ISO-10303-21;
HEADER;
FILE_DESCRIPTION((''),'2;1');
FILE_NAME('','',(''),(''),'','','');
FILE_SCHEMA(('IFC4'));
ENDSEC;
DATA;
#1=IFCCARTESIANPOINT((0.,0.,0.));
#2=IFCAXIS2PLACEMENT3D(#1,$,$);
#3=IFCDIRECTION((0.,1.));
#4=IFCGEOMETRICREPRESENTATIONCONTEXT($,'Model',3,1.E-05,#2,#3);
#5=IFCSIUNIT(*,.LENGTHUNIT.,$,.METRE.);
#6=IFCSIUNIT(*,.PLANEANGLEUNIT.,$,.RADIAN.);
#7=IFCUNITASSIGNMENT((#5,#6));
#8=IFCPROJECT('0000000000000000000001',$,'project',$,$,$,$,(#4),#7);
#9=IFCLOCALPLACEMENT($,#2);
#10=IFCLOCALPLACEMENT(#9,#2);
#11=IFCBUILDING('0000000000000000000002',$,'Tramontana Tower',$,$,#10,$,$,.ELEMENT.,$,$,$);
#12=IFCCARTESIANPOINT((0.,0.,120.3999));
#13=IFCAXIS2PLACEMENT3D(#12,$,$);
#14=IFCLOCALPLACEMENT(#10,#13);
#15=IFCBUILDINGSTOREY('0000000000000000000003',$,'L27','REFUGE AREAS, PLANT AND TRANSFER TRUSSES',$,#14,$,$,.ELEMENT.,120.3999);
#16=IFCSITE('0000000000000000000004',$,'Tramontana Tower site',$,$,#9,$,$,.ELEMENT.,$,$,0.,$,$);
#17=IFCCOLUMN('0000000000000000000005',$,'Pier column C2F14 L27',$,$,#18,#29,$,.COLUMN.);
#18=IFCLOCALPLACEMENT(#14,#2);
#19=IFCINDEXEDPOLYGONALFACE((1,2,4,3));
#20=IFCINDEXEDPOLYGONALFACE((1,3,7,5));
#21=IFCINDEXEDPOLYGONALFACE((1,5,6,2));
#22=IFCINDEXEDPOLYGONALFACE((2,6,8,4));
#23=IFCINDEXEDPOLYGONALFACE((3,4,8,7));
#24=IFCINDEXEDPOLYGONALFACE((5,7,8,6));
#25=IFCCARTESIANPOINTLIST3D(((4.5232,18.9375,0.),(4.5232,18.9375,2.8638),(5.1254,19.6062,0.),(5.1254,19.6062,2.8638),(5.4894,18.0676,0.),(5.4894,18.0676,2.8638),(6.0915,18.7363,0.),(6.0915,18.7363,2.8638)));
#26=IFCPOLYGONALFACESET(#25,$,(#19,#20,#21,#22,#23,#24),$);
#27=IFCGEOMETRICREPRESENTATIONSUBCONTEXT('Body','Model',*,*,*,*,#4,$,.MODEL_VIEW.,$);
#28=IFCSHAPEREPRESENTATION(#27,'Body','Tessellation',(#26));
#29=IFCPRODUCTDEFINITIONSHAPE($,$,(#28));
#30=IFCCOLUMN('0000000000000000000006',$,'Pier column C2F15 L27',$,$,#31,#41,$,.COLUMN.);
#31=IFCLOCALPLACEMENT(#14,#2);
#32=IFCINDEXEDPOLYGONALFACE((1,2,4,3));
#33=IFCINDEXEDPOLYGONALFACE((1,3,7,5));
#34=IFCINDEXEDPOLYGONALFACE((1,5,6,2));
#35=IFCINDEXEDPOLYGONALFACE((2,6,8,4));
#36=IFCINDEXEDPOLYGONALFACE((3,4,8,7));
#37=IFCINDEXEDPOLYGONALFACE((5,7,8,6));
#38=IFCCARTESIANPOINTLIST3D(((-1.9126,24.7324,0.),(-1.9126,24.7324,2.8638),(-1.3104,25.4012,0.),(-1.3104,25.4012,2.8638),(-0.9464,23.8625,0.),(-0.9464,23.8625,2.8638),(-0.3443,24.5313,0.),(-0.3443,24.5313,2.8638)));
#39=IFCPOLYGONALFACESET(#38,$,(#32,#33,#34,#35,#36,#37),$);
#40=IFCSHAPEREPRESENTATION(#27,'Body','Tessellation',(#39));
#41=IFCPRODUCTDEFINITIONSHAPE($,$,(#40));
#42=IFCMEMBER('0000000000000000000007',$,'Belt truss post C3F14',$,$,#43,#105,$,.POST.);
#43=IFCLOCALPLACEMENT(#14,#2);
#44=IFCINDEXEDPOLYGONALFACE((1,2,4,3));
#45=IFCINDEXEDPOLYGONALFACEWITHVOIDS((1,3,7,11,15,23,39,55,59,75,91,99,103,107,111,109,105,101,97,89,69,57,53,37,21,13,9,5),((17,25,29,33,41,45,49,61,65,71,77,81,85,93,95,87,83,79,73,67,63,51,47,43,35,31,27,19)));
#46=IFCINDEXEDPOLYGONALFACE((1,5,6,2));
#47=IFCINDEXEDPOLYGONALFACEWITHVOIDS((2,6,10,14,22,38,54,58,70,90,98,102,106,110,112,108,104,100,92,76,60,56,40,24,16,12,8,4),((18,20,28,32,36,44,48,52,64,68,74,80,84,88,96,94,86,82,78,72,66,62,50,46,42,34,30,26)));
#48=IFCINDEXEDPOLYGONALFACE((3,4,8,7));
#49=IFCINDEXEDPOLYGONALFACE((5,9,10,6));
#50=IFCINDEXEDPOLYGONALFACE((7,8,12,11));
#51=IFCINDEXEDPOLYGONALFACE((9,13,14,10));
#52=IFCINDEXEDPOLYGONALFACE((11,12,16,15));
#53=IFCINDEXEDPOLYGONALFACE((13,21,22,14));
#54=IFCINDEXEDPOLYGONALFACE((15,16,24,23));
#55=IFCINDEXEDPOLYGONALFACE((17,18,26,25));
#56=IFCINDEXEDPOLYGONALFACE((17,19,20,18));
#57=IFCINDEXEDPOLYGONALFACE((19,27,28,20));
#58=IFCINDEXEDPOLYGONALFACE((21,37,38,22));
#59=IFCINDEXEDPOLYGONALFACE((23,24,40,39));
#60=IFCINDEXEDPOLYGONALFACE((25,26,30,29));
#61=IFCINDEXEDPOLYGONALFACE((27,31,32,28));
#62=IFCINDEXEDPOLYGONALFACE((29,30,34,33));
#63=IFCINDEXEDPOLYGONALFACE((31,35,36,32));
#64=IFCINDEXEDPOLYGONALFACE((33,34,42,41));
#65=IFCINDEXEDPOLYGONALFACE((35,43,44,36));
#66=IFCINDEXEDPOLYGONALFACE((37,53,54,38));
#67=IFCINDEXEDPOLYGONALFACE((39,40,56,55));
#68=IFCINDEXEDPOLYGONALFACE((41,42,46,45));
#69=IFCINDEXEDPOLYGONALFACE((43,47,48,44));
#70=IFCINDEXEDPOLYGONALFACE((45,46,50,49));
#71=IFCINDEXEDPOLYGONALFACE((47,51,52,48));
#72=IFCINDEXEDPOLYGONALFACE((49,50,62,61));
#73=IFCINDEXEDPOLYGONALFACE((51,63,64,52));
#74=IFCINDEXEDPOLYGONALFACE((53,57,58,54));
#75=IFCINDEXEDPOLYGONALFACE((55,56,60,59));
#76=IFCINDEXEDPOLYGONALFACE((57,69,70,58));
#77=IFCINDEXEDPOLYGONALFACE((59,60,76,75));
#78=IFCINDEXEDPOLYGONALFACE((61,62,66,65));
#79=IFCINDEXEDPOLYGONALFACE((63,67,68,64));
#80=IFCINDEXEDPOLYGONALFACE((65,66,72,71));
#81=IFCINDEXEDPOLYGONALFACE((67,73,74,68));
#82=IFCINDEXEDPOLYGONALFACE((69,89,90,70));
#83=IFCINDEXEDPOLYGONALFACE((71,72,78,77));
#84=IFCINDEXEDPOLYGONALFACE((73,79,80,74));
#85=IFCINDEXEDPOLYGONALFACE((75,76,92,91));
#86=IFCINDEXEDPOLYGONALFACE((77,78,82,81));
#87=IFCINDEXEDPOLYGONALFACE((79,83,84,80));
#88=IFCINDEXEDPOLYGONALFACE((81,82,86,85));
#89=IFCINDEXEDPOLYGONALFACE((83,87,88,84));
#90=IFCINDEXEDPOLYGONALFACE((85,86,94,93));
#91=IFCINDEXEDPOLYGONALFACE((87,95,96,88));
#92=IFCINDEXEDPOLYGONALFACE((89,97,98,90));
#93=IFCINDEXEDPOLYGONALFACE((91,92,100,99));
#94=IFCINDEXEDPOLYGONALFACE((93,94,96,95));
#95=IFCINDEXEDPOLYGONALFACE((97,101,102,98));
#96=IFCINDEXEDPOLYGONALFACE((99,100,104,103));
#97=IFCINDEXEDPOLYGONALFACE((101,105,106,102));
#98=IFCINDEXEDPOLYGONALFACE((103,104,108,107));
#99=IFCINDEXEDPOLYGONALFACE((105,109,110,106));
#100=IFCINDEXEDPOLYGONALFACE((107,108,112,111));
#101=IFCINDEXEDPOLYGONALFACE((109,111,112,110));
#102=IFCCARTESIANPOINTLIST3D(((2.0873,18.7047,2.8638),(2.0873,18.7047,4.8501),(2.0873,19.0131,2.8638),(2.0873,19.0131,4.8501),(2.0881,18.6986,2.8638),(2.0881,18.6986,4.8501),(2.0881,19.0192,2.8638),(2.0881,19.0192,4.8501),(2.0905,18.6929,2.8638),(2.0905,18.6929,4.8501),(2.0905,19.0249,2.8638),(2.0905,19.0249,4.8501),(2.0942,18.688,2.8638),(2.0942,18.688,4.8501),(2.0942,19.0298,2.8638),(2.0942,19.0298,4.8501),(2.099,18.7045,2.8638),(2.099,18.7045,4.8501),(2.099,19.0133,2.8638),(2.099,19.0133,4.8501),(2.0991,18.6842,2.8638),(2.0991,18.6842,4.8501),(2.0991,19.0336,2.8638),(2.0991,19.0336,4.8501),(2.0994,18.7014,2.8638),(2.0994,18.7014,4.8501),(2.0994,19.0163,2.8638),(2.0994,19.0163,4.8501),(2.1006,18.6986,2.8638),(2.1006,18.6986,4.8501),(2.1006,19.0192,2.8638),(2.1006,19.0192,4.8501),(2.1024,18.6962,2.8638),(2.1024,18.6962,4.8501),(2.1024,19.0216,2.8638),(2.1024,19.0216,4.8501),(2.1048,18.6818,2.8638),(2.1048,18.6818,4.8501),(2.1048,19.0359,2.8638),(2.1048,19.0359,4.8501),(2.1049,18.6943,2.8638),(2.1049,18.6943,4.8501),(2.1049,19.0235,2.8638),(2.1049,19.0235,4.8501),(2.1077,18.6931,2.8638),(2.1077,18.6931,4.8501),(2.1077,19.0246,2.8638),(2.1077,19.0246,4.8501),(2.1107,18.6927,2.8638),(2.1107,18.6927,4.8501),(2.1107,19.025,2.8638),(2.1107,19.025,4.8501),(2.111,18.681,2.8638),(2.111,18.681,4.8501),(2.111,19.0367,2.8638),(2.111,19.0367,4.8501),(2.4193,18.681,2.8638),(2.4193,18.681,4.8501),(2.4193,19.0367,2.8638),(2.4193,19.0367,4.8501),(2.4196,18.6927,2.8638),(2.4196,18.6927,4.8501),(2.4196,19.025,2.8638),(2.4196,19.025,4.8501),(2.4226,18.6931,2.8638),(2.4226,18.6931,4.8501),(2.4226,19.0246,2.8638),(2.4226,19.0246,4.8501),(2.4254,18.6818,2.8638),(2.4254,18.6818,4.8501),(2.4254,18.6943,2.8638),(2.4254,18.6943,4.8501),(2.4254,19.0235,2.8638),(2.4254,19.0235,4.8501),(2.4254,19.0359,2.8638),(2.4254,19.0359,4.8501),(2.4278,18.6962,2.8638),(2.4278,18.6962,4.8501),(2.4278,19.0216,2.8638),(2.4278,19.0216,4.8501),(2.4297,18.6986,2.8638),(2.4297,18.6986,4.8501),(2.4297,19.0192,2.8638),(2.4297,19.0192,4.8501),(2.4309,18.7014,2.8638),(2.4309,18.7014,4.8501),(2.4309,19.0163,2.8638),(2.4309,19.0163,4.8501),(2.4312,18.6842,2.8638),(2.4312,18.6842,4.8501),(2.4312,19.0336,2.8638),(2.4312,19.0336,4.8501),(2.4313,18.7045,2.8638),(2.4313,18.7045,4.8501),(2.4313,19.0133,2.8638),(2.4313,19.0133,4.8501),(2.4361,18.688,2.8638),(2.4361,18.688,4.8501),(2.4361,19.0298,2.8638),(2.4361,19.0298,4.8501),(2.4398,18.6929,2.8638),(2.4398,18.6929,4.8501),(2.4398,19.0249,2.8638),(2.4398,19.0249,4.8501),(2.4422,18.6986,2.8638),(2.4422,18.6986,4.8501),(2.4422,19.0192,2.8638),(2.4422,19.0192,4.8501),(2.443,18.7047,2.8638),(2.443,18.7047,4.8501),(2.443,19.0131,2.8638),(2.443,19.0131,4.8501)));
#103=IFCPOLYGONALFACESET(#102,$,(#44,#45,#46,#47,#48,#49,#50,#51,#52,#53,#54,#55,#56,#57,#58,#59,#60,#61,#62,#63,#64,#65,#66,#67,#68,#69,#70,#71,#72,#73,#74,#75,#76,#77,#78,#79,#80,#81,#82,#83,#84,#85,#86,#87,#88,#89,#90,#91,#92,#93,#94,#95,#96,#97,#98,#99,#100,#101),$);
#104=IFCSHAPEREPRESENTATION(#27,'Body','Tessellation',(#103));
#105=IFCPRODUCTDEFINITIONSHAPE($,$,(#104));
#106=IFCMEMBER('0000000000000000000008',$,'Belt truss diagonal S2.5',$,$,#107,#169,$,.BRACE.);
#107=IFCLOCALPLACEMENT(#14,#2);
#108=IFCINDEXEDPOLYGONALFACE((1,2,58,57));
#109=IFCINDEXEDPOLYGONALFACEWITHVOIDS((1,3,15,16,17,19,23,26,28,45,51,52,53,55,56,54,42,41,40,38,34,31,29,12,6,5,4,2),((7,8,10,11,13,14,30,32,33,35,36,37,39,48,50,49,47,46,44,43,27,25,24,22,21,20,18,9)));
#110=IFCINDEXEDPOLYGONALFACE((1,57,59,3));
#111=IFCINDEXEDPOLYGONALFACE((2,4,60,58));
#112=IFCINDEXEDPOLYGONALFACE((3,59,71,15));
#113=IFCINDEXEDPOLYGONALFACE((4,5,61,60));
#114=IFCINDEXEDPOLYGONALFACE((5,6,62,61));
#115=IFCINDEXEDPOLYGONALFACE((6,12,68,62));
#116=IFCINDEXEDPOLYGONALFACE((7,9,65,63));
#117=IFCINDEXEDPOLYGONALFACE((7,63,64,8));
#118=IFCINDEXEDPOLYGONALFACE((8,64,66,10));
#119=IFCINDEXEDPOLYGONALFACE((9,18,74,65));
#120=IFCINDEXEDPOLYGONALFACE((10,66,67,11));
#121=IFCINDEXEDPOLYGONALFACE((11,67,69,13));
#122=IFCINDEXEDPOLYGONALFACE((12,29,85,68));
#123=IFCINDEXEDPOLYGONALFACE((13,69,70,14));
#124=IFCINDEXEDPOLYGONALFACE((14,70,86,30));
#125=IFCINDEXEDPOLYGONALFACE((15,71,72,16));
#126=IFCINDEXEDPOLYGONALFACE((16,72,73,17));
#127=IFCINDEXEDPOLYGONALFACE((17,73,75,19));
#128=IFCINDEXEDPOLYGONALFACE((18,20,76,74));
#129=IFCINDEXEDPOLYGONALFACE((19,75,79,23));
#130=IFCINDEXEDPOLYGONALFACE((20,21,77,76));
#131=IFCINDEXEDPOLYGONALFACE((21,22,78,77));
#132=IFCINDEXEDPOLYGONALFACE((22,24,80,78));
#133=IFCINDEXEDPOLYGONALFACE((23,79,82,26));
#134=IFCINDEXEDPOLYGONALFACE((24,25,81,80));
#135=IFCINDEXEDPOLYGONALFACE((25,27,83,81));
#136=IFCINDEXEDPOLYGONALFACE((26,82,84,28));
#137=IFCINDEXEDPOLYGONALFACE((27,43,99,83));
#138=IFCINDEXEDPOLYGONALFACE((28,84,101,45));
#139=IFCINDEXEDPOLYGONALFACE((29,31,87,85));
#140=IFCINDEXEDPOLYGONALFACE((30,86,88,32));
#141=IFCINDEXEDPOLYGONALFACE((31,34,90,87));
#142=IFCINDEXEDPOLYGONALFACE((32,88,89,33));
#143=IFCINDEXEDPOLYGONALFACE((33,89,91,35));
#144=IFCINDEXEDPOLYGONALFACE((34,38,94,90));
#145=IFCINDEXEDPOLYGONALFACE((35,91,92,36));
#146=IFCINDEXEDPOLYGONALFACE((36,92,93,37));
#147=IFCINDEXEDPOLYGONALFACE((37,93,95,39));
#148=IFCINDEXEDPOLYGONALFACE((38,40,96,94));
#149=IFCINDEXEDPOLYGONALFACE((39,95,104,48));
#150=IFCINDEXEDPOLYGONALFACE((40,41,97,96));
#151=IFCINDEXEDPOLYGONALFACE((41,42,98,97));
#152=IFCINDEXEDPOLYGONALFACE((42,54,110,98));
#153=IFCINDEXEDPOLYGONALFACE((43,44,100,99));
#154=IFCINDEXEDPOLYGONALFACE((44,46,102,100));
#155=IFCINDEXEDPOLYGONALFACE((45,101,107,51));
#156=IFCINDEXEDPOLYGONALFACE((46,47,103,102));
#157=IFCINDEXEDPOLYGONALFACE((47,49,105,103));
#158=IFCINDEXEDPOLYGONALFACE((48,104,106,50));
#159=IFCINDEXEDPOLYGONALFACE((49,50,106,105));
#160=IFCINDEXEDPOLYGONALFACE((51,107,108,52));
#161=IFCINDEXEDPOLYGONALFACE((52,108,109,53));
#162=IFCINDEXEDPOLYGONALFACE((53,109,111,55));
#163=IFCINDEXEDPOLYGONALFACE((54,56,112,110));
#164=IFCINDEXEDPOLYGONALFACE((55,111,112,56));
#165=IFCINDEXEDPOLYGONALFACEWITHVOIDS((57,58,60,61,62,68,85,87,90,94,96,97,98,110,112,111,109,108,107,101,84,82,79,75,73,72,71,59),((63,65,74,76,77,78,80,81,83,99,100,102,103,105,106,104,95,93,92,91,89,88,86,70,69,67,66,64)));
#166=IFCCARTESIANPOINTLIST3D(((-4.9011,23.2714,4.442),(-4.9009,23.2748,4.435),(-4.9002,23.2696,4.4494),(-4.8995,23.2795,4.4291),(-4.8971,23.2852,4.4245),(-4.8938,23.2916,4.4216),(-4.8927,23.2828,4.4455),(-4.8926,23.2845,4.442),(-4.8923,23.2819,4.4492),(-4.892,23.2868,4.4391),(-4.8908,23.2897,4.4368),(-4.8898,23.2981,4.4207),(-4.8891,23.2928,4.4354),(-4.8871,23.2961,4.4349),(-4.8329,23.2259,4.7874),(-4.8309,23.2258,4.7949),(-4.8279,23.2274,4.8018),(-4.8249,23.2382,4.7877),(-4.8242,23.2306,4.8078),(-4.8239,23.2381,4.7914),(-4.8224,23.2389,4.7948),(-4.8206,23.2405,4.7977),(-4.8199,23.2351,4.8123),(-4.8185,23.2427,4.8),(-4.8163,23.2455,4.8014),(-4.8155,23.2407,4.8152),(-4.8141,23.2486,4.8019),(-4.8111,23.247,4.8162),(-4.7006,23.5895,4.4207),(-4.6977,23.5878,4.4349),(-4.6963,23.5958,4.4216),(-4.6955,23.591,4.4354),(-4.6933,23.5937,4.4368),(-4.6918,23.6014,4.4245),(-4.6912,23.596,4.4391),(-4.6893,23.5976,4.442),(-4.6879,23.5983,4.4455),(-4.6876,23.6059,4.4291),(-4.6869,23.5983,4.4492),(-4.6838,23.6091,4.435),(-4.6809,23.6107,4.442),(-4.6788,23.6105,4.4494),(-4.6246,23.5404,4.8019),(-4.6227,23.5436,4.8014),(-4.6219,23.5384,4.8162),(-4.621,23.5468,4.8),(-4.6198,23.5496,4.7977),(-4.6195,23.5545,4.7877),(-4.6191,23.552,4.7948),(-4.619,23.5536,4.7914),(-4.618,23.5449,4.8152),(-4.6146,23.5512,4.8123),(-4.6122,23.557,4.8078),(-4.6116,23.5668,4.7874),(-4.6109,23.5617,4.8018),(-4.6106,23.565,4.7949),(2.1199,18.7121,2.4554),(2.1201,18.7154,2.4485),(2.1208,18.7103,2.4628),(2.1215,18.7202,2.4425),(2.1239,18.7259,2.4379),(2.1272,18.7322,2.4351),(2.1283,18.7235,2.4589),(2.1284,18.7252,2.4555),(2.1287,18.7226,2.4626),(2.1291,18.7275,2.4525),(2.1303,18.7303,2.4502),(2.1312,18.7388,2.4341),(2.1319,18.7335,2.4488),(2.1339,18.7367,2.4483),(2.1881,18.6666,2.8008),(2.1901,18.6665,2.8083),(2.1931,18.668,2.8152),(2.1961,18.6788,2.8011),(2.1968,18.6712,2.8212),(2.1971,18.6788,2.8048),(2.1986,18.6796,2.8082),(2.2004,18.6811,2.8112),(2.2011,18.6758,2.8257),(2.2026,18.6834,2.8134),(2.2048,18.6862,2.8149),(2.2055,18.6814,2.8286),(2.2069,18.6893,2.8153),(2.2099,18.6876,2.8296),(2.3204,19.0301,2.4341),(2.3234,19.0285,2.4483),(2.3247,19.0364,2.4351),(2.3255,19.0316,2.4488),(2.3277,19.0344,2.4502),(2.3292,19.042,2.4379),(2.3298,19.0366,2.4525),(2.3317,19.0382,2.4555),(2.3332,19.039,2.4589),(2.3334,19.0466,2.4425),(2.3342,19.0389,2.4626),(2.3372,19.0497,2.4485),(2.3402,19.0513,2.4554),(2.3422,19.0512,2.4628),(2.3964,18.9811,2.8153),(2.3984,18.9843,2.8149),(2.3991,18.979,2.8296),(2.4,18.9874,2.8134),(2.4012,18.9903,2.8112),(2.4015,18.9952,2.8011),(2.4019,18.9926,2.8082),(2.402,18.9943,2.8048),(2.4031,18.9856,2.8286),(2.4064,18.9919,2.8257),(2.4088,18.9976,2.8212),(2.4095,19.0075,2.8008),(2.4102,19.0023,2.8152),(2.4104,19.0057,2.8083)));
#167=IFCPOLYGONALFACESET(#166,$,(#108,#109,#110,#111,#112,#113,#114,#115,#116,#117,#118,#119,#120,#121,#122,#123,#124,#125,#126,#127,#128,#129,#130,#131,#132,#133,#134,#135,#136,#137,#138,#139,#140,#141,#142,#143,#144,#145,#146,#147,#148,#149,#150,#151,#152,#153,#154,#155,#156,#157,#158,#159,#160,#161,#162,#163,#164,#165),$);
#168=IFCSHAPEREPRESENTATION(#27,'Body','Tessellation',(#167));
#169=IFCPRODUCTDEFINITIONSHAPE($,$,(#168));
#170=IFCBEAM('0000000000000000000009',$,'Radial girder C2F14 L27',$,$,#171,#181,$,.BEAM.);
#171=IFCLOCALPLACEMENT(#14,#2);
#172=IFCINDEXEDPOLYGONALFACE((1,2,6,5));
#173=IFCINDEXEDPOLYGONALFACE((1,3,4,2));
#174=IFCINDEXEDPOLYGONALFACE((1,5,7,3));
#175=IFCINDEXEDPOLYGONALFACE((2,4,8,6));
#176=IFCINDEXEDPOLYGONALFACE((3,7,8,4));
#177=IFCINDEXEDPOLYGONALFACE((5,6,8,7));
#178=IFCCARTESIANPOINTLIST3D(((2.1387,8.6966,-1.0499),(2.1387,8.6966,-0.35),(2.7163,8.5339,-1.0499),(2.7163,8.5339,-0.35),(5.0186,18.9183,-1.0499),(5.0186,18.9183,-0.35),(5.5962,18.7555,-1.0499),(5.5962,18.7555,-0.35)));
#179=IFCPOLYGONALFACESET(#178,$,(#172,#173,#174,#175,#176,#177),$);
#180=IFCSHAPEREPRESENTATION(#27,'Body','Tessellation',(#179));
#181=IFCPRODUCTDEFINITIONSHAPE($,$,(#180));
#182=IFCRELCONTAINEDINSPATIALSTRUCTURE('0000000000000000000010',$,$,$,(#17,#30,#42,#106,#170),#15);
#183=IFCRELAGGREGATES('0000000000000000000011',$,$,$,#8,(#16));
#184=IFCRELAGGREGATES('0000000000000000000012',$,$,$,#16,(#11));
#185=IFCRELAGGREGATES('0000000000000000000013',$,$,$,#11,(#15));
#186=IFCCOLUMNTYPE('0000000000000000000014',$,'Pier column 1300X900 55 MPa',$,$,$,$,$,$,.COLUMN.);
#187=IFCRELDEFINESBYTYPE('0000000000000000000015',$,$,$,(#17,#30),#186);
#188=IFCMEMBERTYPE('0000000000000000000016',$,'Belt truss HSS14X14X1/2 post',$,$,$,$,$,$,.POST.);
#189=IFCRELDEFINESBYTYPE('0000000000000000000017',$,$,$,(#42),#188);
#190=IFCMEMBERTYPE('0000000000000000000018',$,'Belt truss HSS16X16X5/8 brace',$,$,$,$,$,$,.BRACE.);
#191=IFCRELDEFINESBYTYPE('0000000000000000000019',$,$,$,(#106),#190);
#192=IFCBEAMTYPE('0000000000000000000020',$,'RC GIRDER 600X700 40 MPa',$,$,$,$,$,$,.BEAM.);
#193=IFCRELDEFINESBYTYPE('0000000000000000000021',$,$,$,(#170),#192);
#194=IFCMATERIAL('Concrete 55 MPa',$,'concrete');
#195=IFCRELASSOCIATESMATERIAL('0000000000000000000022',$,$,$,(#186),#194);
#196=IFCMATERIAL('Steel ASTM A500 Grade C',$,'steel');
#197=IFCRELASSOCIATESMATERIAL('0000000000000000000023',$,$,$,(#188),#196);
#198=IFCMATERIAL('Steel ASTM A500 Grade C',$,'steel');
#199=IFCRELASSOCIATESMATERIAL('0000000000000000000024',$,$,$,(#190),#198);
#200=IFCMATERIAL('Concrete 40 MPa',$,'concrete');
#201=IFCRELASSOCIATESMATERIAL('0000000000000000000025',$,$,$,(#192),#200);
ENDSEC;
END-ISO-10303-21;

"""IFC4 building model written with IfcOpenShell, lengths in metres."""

from ifc_helpers import new_model, si_unit, direction, frame, origin, origin_2d, place, context, subcontext, project, spatial, rectangle, hollow_rectangle, extrude, material, material_profile, profile_set, type_object, element, save


model = new_model("IFC4")

# Units and contexts
model_context = context("Model", 3, precision=1e-05, world=origin(), true_north=direction((0.0, 1.0)))
body_context = subcontext(model_context, "Body", "Model", "MODEL_VIEW")
ifc_project = project(units=[si_unit("LENGTHUNIT", "METRE"), si_unit("PLANEANGLEUNIT", "RADIAN")], contexts=[model_context])

# Site, building, storey
site_placement = place(None, origin())
site = spatial("IfcSite", under=ifc_project, at=site_placement, Name="Tramontana Tower site", CompositionType="ELEMENT", RefElevation=0.0)
building_placement = place(site_placement, origin())
building = spatial("IfcBuilding", under=site, at=building_placement, Name="Tramontana Tower", CompositionType="ELEMENT")
storey_placement = place(building_placement, frame((0.0, 0.0, 120.3999)))
storey = spatial("IfcBuildingStorey", under=building, at=storey_placement, Name="L27", Description="REFUGE AREAS, PLANT AND TRANSFER TRUSSES", CompositionType="ELEMENT", Elevation=120.3999)

# Columns
ifc_material_1 = material(Name="Concrete 55 MPa", Category="concrete")
ifc_material_profile_1 = material_profile(ifc_material_1, rectangle(XDim=1.3, YDim=0.8999, at=origin_2d()), Name="Pier column 1300X900 55 MPa")
ifc_profile_set_1 = profile_set([ifc_material_profile_1], Name="Concrete 55 MPa")
column_type = type_object("IfcColumnType", Name="Pier column 1300X900 55 MPa", PredefinedType="COLUMN", material=ifc_profile_set_1)
for number, where, z_axis, x_axis, name in (
    (1, (5.3074, 18.8369, 0.0), (0.0, 0.0, 1.0), (-0.743145, 0.669131, 0.0), "Pier column C2F14 L27"),
    (2, (-1.1284, 24.6318, 0.0), (0.0, 0.0, 1.0), (-0.743145, 0.669131, 0.0), "Pier column C2F15 L27"),
):
    element("IfcColumn", number, at=place(storey_placement, frame(where, z_axis=z_axis, x_axis=x_axis)), inside=storey, type_object=column_type, Name=name, PredefinedType="COLUMN", context=body_context, shape_type="SweptSolid", body=[
        extrude(rectangle(XDim=1.3, YDim=0.8999, at=origin_2d()), origin(), (0.0, 0.0, 1.0), 2.8638),
    ])

# Members
ifc_material_2 = material(Name="Steel ASTM A500 Grade C", Category="steel")
ifc_material_profile_2 = material_profile(ifc_material_2, hollow_rectangle(XDim=0.3557, YDim=0.3557, WallThickness=0.0117, InnerFilletRadius=0.0117, OuterFilletRadius=0.0237, at=origin_2d()), Name="HSS14X14X1/2")
ifc_profile_set_2 = profile_set([ifc_material_profile_2], Name="Steel ASTM A500 Grade C")
member_type_1 = type_object("IfcMemberType", Name="Belt truss HSS14X14X1/2 post", PredefinedType="POST", material=ifc_profile_set_2)
member_1_placement = place(storey_placement, frame((2.2651, 18.8589, 2.8638), z_axis=(0.0, 0.0, 1.0), x_axis=(1.0, 0.0, 0.0)))
element("IfcMember", 3, at=member_1_placement, inside=storey, type_object=member_type_1, Name="Belt truss post C3F14", PredefinedType="POST", context=body_context, shape_type="SweptSolid", body=[
    extrude(hollow_rectangle(XDim=0.3557, YDim=0.3557, WallThickness=0.0117, InnerFilletRadius=0.0117, OuterFilletRadius=0.0237, at=origin_2d()), origin(), (0.0, 0.0, 1.0), 1.9863),
])
ifc_material_3 = material(Name="Steel ASTM A500 Grade C", Category="steel")
ifc_material_profile_3 = material_profile(ifc_material_3, hollow_rectangle(XDim=0.4065, YDim=0.4065, WallThickness=0.0146, InnerFilletRadius=0.0146, OuterFilletRadius=0.0295, at=origin_2d()), Name="HSS16X16X5/8")
ifc_profile_set_3 = profile_set([ifc_material_profile_3], Name="Steel ASTM A500 Grade C")
member_type_2 = type_object("IfcMemberType", Name="Belt truss HSS16X16X5/8 brace", PredefinedType="BRACE", material=ifc_profile_set_3)
member_2_placement = place(storey_placement, frame((2.2651, 18.8589, 2.6318), z_axis=(-0.816018, 0.52991, 0.23089), x_axis=(-0.544625, -0.838679, 0.0)))
element("IfcMember", 4, at=member_2_placement, inside=storey, type_object=member_type_2, Name="Belt truss diagonal S2.5", PredefinedType="BRACE", context=body_context, shape_type="SweptSolid", body=[
    extrude(hollow_rectangle(XDim=0.4065, YDim=0.4065, WallThickness=0.0146, InnerFilletRadius=0.0146, OuterFilletRadius=0.0295, at=origin_2d()), origin(), (0.0, 0.0, 1.0), 8.604),
])

# Beam
ifc_material_4 = material(Name="Concrete 40 MPa", Category="concrete")
ifc_material_profile_4 = material_profile(ifc_material_4, rectangle(XDim=0.6001, YDim=0.7, at=origin_2d()), Name="RC GIRDER 600X700 40 MPa")
ifc_profile_set_4 = profile_set([ifc_material_profile_4], Name="Concrete 40 MPa")
beam_type_1 = type_object("IfcBeamType", Name="RC GIRDER 600X700 40 MPa", PredefinedType="BEAM", material=ifc_profile_set_4)
beam_1_placement = place(storey_placement, frame((5.3074, 18.8369, -0.7), z_axis=(-0.271185, -0.962527, 0.0), x_axis=(0.962527, -0.271185, 0.0)))
element("IfcBeam", 5, at=beam_1_placement, inside=storey, type_object=beam_type_1, Name="Radial girder C2F14 L27", PredefinedType="BEAM", context=body_context, shape_type="SweptSolid", body=[
    extrude(rectangle(XDim=0.6001, YDim=0.7, at=origin_2d()), origin(), (0.0, 0.0, 1.0), 10.6196),
])

save(model, "model.ifc")
